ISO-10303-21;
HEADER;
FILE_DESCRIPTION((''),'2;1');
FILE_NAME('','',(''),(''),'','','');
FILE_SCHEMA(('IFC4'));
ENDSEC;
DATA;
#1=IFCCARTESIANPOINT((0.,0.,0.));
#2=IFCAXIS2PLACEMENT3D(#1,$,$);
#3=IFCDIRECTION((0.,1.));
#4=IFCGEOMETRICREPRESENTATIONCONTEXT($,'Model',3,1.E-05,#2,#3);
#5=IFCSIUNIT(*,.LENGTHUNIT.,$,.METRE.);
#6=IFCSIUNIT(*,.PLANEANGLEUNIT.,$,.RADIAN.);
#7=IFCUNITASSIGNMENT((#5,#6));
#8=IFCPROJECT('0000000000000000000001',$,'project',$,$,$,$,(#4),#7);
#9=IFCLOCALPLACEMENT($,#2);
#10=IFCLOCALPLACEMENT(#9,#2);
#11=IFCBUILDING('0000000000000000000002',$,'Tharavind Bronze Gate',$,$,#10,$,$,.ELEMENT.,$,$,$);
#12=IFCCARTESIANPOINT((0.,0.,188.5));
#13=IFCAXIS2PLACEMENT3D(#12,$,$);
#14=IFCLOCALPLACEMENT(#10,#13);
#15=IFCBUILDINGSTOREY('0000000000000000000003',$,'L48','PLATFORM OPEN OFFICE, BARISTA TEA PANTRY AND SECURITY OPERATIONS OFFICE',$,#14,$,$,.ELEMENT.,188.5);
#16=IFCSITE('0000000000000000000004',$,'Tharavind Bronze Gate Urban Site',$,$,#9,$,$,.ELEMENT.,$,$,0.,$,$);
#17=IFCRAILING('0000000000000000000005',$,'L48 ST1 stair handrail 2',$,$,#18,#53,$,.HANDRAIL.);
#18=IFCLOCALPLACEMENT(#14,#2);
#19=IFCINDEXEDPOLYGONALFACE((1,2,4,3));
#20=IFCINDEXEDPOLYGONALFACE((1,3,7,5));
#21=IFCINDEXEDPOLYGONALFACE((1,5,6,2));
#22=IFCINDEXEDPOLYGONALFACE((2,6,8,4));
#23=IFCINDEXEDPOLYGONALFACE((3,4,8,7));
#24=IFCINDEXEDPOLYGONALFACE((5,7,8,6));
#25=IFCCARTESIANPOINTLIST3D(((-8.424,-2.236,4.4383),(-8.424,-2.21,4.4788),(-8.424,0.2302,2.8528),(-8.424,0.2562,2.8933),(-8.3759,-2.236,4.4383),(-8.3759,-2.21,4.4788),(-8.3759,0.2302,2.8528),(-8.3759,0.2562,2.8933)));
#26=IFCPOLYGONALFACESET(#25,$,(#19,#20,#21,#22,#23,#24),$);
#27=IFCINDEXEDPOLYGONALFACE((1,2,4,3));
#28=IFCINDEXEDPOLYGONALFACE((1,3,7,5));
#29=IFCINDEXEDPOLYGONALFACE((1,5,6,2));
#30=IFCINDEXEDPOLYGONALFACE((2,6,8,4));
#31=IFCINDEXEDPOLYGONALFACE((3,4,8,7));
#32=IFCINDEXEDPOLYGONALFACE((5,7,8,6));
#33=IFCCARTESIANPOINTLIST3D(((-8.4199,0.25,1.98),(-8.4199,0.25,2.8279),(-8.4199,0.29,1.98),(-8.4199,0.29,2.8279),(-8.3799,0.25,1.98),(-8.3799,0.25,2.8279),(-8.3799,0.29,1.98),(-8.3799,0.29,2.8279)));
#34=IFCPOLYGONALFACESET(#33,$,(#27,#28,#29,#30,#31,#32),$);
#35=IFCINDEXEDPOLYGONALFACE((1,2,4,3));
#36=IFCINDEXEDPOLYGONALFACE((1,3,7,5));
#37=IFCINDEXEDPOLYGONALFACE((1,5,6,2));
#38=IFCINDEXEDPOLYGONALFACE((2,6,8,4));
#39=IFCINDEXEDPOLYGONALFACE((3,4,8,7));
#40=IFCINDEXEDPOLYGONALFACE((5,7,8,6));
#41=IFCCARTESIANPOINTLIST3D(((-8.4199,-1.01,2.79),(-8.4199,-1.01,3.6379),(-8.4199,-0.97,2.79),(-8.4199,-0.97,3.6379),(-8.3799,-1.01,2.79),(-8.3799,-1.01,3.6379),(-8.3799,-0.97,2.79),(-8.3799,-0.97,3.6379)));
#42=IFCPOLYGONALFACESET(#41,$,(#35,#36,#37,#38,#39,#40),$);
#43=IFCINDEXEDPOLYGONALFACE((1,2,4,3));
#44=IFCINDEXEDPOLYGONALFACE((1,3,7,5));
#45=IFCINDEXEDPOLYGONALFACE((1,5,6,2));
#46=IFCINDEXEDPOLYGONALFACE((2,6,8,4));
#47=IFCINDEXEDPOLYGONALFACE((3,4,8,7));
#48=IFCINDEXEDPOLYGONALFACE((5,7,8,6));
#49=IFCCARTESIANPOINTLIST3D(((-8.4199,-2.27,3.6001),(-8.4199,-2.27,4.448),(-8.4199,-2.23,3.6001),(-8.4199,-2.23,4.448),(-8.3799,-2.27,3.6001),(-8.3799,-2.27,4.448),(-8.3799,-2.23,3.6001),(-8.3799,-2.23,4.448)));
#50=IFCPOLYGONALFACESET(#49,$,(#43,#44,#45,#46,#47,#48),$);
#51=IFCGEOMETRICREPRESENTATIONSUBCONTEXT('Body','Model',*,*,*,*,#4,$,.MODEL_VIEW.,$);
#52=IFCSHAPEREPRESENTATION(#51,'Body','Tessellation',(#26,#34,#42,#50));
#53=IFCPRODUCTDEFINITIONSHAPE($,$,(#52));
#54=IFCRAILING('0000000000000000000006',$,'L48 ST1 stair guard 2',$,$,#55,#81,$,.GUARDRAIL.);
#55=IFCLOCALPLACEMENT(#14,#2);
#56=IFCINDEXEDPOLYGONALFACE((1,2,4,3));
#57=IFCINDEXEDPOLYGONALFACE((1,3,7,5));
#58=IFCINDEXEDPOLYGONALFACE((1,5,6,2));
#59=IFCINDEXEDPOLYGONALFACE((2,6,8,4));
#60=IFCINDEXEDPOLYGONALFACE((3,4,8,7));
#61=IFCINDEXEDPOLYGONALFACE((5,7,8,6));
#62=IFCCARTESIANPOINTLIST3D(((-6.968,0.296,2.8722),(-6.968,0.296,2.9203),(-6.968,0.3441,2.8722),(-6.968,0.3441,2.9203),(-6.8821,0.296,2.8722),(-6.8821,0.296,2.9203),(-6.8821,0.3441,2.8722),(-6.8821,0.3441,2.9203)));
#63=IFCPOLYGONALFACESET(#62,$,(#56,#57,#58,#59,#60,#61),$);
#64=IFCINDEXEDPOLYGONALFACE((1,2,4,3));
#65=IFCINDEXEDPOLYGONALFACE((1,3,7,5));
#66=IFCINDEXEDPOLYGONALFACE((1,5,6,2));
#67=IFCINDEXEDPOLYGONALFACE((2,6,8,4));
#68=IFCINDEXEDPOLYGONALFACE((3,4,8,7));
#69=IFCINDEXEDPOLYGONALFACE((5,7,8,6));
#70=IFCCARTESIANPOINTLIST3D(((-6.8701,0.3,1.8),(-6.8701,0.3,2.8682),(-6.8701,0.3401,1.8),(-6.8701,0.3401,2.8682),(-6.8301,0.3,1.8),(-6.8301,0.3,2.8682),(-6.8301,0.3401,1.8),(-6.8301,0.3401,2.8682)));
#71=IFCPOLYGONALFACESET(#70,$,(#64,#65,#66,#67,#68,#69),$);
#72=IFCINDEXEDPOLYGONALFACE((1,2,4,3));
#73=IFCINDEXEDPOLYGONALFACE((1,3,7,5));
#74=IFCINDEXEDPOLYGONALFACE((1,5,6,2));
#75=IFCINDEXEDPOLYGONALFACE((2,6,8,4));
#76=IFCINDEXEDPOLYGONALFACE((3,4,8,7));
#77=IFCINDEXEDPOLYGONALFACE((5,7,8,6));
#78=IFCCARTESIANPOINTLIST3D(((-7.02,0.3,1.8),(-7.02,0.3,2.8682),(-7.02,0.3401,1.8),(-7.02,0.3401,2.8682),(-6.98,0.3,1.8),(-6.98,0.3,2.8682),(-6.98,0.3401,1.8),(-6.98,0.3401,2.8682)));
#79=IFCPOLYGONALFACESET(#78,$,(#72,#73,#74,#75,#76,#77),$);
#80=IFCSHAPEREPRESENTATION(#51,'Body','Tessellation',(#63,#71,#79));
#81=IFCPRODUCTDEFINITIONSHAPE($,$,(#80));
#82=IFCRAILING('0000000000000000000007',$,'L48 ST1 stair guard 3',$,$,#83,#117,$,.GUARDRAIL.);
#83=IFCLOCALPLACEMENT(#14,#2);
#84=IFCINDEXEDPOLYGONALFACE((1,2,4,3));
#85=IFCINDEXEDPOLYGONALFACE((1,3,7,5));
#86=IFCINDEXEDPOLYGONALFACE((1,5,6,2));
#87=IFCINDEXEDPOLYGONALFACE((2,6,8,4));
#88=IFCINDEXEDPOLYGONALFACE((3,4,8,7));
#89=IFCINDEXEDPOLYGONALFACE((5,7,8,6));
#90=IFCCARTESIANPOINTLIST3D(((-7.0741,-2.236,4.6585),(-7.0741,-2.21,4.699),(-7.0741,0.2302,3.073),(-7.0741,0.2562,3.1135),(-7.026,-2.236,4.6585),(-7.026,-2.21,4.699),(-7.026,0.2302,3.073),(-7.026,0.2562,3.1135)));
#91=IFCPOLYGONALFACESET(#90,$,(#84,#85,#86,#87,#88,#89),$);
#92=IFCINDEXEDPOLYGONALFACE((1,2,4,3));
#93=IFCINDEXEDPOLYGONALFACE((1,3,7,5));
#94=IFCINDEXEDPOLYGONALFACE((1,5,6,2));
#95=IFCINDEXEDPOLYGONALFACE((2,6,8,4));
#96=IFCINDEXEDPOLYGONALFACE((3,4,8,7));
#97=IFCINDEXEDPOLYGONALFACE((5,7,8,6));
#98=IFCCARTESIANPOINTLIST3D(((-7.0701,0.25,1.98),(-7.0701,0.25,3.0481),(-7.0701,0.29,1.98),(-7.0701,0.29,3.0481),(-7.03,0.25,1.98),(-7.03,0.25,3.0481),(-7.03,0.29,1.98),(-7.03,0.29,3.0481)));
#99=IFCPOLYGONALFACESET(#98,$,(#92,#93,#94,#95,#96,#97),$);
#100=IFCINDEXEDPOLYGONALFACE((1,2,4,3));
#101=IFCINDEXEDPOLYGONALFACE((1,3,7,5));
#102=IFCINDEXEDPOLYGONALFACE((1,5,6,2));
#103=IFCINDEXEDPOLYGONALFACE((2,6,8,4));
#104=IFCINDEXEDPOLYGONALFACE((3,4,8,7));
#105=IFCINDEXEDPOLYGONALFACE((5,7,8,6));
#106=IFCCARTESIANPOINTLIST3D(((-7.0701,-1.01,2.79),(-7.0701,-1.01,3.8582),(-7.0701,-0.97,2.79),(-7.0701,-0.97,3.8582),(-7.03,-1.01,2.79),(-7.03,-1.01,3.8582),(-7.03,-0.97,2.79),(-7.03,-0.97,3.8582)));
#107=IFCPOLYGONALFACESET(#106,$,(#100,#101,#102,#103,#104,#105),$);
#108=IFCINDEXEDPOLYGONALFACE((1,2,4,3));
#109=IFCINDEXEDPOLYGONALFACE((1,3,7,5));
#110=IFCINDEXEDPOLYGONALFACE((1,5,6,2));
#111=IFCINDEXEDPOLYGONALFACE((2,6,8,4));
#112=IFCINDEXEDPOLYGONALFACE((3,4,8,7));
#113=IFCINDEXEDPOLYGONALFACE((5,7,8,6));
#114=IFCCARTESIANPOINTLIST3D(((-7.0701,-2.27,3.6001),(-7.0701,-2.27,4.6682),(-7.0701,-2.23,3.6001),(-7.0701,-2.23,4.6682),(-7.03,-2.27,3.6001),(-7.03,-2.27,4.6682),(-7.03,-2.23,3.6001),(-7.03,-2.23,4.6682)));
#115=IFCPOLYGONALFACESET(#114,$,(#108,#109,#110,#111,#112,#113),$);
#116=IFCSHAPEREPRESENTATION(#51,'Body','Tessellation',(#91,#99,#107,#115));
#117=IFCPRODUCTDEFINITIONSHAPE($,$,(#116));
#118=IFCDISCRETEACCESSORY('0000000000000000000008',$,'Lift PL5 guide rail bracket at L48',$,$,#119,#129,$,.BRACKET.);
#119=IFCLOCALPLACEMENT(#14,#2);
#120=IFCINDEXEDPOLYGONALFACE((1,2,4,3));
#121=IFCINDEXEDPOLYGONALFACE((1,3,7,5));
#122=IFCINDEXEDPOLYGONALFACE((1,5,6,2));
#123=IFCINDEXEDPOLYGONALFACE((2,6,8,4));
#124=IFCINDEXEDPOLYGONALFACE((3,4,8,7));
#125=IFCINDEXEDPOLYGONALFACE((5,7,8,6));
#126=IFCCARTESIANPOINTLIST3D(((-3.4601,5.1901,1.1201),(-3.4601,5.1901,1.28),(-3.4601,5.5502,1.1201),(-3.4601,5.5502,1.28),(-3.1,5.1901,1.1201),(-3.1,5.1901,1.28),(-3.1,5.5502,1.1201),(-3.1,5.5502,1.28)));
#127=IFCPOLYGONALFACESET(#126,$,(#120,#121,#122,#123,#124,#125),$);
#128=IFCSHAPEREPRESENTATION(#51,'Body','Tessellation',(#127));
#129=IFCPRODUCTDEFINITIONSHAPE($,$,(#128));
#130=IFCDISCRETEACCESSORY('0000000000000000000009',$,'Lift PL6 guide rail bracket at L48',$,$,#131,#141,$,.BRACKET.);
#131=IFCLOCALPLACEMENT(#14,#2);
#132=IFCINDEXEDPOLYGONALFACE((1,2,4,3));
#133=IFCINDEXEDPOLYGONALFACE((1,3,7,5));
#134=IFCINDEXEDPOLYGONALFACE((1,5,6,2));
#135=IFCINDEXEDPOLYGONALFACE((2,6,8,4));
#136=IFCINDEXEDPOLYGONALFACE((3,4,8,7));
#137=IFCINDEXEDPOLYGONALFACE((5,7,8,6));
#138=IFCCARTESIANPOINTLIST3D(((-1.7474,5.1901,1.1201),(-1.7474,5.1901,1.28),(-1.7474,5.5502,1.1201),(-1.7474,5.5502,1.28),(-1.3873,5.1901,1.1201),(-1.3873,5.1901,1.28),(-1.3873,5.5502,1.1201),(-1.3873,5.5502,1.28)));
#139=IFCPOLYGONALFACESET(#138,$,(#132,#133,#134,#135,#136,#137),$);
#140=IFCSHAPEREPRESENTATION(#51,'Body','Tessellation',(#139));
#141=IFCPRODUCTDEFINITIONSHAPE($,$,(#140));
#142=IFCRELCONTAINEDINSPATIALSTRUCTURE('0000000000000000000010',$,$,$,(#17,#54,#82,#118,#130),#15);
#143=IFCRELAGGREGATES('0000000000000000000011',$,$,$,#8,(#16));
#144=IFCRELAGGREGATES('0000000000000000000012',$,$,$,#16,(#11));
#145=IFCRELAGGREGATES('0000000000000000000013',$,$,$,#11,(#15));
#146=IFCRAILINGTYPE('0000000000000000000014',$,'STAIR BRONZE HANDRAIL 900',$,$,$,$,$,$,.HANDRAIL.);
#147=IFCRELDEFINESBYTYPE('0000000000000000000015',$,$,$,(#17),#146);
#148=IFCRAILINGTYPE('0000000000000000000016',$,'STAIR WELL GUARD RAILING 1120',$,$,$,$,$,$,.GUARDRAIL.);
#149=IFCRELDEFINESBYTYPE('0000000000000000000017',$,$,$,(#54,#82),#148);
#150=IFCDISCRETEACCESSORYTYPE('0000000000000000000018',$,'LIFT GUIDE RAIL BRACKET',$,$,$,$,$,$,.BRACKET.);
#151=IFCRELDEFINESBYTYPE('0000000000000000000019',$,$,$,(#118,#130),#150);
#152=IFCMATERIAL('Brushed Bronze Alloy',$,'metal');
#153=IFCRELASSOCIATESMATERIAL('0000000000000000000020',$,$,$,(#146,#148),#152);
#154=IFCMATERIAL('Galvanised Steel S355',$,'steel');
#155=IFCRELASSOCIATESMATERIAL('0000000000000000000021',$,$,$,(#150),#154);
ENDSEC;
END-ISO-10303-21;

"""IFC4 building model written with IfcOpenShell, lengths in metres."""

from ifc_helpers import new_model, si_unit, direction, frame, origin, origin_2d, place, context, subcontext, project, spatial, rectangle, extrude, material, type_object, element, save


model = new_model("IFC4")

# Units and contexts
model_context = context("Model", 3, precision=1e-05, world=origin(), true_north=direction((0.0, 1.0)))
body_context = subcontext(model_context, "Body", "Model", "MODEL_VIEW")
ifc_project = project(units=[si_unit("LENGTHUNIT", "METRE"), si_unit("PLANEANGLEUNIT", "RADIAN")], contexts=[model_context])

# Site, building, storey
site_placement = place(None, origin())
site = spatial("IfcSite", under=ifc_project, at=site_placement, Name="Tharavind Bronze Gate Urban Site", CompositionType="ELEMENT", RefElevation=0.0)
building_placement = place(site_placement, origin())
building = spatial("IfcBuilding", under=site, at=building_placement, Name="Tharavind Bronze Gate", CompositionType="ELEMENT")
storey_placement = place(building_placement, frame((0.0, 0.0, 188.5)))
storey = spatial("IfcBuildingStorey", under=building, at=storey_placement, Name="L48", Description="PLATFORM OPEN OFFICE, BARISTA TEA PANTRY AND SECURITY OPERATIONS OFFICE", CompositionType="ELEMENT", Elevation=188.5)

# Railings
ifc_material_1 = material(Name="Brushed Bronze Alloy", Category="metal")
railing_type_1 = type_object("IfcRailingType", Name="STAIR BRONZE HANDRAIL 900", PredefinedType="HANDRAIL", material=ifc_material_1)
railing_1_placement = place(storey_placement, frame((-8.3999, 0.27, 1.98)))
element("IfcRailing", 1, at=railing_1_placement, inside=storey, type_object=railing_type_1, Name="L48 ST1 stair handrail 2", PredefinedType="HANDRAIL", context=body_context, shape_type="SweptSolid", body=[
    extrude(rectangle(XDim=0.0481, YDim=0.0481, at=origin_2d()), frame((0.0, -0.0269, 0.8931), z_axis=(0.0, -0.841163, 0.540782), x_axis=(1.0, 0.0, 0.0)), (0.0, 0.0, 1.0), 2.9319),
    extrude(rectangle(XDim=0.04, YDim=0.04, at=origin_2d()), origin(), (0.0, 0.0, 1.0), 0.8479),
    extrude(rectangle(XDim=0.04, YDim=0.04, at=origin_2d()), frame((0.0, -1.26, 0.8101)), (0.0, 0.0, 1.0), 0.8479),
    extrude(rectangle(XDim=0.04, YDim=0.04, at=origin_2d()), frame((0.0, -2.52, 1.6201)), (0.0, 0.0, 1.0), 0.8479),
])
railing_type_2 = type_object("IfcRailingType", Name="STAIR WELL GUARD RAILING 1120", PredefinedType="GUARDRAIL", material=ifc_material_1)
railing_2_placement = place(storey_placement, frame((-6.8501, 0.3201, 1.8)))
element("IfcRailing", 2, at=railing_2_placement, inside=storey, type_object=railing_type_2, Name="L48 ST1 stair guard 2", PredefinedType="GUARDRAIL", context=body_context, shape_type="SweptSolid", body=[
    extrude(rectangle(XDim=0.0481, YDim=0.0481, at=origin_2d()), frame((-0.032, 0.0, 1.0962), z_axis=(-1.0, 0.0, 0.0), x_axis=(0.0, -1.0, 0.0)), (0.0, 0.0, 1.0), 0.0859),
    extrude(rectangle(XDim=0.04, YDim=0.04, at=origin_2d()), origin(), (0.0, 0.0, 1.0), 1.0681),
    extrude(rectangle(XDim=0.04, YDim=0.04, at=origin_2d()), frame((-0.1499, 0.0, 0.0)), (0.0, 0.0, 1.0), 1.0681),
])
railing_3_placement = place(storey_placement, frame((-7.05, 0.27, 1.98)))
element("IfcRailing", 3, at=railing_3_placement, inside=storey, type_object=railing_type_2, Name="L48 ST1 stair guard 3", PredefinedType="GUARDRAIL", context=body_context, shape_type="SweptSolid", body=[
    extrude(rectangle(XDim=0.0481, YDim=0.0481, at=origin_2d()), frame((0.0, -0.0269, 1.1133), z_axis=(0.0, -0.841163, 0.540782), x_axis=(1.0, 0.0, 0.0)), (0.0, 0.0, 1.0), 2.9319),
    extrude(rectangle(XDim=0.04, YDim=0.04, at=origin_2d()), origin(), (0.0, 0.0, 1.0), 1.0681),
    extrude(rectangle(XDim=0.04, YDim=0.04, at=origin_2d()), frame((0.0, -1.26, 0.8101)), (0.0, 0.0, 1.0), 1.0681),
    extrude(rectangle(XDim=0.04, YDim=0.04, at=origin_2d()), frame((0.0, -2.52, 1.6201)), (0.0, 0.0, 1.0), 1.0681),
])

# Discrete accessories
ifc_material_2 = material(Name="Galvanised Steel S355", Category="steel")
discrete_accessory_type = type_object("IfcDiscreteAccessoryType", Name="LIFT GUIDE RAIL BRACKET", PredefinedType="BRACKET", material=ifc_material_2)
for number, where, z_axis, x_axis, name in (
    (4, (-3.28, 5.3701, 1.1201), (0.0, 0.0, 1.0), (1.0, 0.0, 0.0), "Lift PL5 guide rail bracket at L48"),
    (5, (-1.5674, 5.3701, 1.1201), (0.0, 0.0, 1.0), (1.0, 0.0, 0.0), "Lift PL6 guide rail bracket at L48"),
):
    element("IfcDiscreteAccessory", number, at=place(storey_placement, frame(where, z_axis=z_axis, x_axis=x_axis)), inside=storey, type_object=discrete_accessory_type, Name=name, PredefinedType="BRACKET", context=body_context, shape_type="SweptSolid", body=[
        extrude(rectangle(XDim=0.3601, YDim=0.3601, at=origin_2d()), origin(), (0.0, 0.0, 1.0), 0.1599),
    ])

save(model, "model.ifc")
